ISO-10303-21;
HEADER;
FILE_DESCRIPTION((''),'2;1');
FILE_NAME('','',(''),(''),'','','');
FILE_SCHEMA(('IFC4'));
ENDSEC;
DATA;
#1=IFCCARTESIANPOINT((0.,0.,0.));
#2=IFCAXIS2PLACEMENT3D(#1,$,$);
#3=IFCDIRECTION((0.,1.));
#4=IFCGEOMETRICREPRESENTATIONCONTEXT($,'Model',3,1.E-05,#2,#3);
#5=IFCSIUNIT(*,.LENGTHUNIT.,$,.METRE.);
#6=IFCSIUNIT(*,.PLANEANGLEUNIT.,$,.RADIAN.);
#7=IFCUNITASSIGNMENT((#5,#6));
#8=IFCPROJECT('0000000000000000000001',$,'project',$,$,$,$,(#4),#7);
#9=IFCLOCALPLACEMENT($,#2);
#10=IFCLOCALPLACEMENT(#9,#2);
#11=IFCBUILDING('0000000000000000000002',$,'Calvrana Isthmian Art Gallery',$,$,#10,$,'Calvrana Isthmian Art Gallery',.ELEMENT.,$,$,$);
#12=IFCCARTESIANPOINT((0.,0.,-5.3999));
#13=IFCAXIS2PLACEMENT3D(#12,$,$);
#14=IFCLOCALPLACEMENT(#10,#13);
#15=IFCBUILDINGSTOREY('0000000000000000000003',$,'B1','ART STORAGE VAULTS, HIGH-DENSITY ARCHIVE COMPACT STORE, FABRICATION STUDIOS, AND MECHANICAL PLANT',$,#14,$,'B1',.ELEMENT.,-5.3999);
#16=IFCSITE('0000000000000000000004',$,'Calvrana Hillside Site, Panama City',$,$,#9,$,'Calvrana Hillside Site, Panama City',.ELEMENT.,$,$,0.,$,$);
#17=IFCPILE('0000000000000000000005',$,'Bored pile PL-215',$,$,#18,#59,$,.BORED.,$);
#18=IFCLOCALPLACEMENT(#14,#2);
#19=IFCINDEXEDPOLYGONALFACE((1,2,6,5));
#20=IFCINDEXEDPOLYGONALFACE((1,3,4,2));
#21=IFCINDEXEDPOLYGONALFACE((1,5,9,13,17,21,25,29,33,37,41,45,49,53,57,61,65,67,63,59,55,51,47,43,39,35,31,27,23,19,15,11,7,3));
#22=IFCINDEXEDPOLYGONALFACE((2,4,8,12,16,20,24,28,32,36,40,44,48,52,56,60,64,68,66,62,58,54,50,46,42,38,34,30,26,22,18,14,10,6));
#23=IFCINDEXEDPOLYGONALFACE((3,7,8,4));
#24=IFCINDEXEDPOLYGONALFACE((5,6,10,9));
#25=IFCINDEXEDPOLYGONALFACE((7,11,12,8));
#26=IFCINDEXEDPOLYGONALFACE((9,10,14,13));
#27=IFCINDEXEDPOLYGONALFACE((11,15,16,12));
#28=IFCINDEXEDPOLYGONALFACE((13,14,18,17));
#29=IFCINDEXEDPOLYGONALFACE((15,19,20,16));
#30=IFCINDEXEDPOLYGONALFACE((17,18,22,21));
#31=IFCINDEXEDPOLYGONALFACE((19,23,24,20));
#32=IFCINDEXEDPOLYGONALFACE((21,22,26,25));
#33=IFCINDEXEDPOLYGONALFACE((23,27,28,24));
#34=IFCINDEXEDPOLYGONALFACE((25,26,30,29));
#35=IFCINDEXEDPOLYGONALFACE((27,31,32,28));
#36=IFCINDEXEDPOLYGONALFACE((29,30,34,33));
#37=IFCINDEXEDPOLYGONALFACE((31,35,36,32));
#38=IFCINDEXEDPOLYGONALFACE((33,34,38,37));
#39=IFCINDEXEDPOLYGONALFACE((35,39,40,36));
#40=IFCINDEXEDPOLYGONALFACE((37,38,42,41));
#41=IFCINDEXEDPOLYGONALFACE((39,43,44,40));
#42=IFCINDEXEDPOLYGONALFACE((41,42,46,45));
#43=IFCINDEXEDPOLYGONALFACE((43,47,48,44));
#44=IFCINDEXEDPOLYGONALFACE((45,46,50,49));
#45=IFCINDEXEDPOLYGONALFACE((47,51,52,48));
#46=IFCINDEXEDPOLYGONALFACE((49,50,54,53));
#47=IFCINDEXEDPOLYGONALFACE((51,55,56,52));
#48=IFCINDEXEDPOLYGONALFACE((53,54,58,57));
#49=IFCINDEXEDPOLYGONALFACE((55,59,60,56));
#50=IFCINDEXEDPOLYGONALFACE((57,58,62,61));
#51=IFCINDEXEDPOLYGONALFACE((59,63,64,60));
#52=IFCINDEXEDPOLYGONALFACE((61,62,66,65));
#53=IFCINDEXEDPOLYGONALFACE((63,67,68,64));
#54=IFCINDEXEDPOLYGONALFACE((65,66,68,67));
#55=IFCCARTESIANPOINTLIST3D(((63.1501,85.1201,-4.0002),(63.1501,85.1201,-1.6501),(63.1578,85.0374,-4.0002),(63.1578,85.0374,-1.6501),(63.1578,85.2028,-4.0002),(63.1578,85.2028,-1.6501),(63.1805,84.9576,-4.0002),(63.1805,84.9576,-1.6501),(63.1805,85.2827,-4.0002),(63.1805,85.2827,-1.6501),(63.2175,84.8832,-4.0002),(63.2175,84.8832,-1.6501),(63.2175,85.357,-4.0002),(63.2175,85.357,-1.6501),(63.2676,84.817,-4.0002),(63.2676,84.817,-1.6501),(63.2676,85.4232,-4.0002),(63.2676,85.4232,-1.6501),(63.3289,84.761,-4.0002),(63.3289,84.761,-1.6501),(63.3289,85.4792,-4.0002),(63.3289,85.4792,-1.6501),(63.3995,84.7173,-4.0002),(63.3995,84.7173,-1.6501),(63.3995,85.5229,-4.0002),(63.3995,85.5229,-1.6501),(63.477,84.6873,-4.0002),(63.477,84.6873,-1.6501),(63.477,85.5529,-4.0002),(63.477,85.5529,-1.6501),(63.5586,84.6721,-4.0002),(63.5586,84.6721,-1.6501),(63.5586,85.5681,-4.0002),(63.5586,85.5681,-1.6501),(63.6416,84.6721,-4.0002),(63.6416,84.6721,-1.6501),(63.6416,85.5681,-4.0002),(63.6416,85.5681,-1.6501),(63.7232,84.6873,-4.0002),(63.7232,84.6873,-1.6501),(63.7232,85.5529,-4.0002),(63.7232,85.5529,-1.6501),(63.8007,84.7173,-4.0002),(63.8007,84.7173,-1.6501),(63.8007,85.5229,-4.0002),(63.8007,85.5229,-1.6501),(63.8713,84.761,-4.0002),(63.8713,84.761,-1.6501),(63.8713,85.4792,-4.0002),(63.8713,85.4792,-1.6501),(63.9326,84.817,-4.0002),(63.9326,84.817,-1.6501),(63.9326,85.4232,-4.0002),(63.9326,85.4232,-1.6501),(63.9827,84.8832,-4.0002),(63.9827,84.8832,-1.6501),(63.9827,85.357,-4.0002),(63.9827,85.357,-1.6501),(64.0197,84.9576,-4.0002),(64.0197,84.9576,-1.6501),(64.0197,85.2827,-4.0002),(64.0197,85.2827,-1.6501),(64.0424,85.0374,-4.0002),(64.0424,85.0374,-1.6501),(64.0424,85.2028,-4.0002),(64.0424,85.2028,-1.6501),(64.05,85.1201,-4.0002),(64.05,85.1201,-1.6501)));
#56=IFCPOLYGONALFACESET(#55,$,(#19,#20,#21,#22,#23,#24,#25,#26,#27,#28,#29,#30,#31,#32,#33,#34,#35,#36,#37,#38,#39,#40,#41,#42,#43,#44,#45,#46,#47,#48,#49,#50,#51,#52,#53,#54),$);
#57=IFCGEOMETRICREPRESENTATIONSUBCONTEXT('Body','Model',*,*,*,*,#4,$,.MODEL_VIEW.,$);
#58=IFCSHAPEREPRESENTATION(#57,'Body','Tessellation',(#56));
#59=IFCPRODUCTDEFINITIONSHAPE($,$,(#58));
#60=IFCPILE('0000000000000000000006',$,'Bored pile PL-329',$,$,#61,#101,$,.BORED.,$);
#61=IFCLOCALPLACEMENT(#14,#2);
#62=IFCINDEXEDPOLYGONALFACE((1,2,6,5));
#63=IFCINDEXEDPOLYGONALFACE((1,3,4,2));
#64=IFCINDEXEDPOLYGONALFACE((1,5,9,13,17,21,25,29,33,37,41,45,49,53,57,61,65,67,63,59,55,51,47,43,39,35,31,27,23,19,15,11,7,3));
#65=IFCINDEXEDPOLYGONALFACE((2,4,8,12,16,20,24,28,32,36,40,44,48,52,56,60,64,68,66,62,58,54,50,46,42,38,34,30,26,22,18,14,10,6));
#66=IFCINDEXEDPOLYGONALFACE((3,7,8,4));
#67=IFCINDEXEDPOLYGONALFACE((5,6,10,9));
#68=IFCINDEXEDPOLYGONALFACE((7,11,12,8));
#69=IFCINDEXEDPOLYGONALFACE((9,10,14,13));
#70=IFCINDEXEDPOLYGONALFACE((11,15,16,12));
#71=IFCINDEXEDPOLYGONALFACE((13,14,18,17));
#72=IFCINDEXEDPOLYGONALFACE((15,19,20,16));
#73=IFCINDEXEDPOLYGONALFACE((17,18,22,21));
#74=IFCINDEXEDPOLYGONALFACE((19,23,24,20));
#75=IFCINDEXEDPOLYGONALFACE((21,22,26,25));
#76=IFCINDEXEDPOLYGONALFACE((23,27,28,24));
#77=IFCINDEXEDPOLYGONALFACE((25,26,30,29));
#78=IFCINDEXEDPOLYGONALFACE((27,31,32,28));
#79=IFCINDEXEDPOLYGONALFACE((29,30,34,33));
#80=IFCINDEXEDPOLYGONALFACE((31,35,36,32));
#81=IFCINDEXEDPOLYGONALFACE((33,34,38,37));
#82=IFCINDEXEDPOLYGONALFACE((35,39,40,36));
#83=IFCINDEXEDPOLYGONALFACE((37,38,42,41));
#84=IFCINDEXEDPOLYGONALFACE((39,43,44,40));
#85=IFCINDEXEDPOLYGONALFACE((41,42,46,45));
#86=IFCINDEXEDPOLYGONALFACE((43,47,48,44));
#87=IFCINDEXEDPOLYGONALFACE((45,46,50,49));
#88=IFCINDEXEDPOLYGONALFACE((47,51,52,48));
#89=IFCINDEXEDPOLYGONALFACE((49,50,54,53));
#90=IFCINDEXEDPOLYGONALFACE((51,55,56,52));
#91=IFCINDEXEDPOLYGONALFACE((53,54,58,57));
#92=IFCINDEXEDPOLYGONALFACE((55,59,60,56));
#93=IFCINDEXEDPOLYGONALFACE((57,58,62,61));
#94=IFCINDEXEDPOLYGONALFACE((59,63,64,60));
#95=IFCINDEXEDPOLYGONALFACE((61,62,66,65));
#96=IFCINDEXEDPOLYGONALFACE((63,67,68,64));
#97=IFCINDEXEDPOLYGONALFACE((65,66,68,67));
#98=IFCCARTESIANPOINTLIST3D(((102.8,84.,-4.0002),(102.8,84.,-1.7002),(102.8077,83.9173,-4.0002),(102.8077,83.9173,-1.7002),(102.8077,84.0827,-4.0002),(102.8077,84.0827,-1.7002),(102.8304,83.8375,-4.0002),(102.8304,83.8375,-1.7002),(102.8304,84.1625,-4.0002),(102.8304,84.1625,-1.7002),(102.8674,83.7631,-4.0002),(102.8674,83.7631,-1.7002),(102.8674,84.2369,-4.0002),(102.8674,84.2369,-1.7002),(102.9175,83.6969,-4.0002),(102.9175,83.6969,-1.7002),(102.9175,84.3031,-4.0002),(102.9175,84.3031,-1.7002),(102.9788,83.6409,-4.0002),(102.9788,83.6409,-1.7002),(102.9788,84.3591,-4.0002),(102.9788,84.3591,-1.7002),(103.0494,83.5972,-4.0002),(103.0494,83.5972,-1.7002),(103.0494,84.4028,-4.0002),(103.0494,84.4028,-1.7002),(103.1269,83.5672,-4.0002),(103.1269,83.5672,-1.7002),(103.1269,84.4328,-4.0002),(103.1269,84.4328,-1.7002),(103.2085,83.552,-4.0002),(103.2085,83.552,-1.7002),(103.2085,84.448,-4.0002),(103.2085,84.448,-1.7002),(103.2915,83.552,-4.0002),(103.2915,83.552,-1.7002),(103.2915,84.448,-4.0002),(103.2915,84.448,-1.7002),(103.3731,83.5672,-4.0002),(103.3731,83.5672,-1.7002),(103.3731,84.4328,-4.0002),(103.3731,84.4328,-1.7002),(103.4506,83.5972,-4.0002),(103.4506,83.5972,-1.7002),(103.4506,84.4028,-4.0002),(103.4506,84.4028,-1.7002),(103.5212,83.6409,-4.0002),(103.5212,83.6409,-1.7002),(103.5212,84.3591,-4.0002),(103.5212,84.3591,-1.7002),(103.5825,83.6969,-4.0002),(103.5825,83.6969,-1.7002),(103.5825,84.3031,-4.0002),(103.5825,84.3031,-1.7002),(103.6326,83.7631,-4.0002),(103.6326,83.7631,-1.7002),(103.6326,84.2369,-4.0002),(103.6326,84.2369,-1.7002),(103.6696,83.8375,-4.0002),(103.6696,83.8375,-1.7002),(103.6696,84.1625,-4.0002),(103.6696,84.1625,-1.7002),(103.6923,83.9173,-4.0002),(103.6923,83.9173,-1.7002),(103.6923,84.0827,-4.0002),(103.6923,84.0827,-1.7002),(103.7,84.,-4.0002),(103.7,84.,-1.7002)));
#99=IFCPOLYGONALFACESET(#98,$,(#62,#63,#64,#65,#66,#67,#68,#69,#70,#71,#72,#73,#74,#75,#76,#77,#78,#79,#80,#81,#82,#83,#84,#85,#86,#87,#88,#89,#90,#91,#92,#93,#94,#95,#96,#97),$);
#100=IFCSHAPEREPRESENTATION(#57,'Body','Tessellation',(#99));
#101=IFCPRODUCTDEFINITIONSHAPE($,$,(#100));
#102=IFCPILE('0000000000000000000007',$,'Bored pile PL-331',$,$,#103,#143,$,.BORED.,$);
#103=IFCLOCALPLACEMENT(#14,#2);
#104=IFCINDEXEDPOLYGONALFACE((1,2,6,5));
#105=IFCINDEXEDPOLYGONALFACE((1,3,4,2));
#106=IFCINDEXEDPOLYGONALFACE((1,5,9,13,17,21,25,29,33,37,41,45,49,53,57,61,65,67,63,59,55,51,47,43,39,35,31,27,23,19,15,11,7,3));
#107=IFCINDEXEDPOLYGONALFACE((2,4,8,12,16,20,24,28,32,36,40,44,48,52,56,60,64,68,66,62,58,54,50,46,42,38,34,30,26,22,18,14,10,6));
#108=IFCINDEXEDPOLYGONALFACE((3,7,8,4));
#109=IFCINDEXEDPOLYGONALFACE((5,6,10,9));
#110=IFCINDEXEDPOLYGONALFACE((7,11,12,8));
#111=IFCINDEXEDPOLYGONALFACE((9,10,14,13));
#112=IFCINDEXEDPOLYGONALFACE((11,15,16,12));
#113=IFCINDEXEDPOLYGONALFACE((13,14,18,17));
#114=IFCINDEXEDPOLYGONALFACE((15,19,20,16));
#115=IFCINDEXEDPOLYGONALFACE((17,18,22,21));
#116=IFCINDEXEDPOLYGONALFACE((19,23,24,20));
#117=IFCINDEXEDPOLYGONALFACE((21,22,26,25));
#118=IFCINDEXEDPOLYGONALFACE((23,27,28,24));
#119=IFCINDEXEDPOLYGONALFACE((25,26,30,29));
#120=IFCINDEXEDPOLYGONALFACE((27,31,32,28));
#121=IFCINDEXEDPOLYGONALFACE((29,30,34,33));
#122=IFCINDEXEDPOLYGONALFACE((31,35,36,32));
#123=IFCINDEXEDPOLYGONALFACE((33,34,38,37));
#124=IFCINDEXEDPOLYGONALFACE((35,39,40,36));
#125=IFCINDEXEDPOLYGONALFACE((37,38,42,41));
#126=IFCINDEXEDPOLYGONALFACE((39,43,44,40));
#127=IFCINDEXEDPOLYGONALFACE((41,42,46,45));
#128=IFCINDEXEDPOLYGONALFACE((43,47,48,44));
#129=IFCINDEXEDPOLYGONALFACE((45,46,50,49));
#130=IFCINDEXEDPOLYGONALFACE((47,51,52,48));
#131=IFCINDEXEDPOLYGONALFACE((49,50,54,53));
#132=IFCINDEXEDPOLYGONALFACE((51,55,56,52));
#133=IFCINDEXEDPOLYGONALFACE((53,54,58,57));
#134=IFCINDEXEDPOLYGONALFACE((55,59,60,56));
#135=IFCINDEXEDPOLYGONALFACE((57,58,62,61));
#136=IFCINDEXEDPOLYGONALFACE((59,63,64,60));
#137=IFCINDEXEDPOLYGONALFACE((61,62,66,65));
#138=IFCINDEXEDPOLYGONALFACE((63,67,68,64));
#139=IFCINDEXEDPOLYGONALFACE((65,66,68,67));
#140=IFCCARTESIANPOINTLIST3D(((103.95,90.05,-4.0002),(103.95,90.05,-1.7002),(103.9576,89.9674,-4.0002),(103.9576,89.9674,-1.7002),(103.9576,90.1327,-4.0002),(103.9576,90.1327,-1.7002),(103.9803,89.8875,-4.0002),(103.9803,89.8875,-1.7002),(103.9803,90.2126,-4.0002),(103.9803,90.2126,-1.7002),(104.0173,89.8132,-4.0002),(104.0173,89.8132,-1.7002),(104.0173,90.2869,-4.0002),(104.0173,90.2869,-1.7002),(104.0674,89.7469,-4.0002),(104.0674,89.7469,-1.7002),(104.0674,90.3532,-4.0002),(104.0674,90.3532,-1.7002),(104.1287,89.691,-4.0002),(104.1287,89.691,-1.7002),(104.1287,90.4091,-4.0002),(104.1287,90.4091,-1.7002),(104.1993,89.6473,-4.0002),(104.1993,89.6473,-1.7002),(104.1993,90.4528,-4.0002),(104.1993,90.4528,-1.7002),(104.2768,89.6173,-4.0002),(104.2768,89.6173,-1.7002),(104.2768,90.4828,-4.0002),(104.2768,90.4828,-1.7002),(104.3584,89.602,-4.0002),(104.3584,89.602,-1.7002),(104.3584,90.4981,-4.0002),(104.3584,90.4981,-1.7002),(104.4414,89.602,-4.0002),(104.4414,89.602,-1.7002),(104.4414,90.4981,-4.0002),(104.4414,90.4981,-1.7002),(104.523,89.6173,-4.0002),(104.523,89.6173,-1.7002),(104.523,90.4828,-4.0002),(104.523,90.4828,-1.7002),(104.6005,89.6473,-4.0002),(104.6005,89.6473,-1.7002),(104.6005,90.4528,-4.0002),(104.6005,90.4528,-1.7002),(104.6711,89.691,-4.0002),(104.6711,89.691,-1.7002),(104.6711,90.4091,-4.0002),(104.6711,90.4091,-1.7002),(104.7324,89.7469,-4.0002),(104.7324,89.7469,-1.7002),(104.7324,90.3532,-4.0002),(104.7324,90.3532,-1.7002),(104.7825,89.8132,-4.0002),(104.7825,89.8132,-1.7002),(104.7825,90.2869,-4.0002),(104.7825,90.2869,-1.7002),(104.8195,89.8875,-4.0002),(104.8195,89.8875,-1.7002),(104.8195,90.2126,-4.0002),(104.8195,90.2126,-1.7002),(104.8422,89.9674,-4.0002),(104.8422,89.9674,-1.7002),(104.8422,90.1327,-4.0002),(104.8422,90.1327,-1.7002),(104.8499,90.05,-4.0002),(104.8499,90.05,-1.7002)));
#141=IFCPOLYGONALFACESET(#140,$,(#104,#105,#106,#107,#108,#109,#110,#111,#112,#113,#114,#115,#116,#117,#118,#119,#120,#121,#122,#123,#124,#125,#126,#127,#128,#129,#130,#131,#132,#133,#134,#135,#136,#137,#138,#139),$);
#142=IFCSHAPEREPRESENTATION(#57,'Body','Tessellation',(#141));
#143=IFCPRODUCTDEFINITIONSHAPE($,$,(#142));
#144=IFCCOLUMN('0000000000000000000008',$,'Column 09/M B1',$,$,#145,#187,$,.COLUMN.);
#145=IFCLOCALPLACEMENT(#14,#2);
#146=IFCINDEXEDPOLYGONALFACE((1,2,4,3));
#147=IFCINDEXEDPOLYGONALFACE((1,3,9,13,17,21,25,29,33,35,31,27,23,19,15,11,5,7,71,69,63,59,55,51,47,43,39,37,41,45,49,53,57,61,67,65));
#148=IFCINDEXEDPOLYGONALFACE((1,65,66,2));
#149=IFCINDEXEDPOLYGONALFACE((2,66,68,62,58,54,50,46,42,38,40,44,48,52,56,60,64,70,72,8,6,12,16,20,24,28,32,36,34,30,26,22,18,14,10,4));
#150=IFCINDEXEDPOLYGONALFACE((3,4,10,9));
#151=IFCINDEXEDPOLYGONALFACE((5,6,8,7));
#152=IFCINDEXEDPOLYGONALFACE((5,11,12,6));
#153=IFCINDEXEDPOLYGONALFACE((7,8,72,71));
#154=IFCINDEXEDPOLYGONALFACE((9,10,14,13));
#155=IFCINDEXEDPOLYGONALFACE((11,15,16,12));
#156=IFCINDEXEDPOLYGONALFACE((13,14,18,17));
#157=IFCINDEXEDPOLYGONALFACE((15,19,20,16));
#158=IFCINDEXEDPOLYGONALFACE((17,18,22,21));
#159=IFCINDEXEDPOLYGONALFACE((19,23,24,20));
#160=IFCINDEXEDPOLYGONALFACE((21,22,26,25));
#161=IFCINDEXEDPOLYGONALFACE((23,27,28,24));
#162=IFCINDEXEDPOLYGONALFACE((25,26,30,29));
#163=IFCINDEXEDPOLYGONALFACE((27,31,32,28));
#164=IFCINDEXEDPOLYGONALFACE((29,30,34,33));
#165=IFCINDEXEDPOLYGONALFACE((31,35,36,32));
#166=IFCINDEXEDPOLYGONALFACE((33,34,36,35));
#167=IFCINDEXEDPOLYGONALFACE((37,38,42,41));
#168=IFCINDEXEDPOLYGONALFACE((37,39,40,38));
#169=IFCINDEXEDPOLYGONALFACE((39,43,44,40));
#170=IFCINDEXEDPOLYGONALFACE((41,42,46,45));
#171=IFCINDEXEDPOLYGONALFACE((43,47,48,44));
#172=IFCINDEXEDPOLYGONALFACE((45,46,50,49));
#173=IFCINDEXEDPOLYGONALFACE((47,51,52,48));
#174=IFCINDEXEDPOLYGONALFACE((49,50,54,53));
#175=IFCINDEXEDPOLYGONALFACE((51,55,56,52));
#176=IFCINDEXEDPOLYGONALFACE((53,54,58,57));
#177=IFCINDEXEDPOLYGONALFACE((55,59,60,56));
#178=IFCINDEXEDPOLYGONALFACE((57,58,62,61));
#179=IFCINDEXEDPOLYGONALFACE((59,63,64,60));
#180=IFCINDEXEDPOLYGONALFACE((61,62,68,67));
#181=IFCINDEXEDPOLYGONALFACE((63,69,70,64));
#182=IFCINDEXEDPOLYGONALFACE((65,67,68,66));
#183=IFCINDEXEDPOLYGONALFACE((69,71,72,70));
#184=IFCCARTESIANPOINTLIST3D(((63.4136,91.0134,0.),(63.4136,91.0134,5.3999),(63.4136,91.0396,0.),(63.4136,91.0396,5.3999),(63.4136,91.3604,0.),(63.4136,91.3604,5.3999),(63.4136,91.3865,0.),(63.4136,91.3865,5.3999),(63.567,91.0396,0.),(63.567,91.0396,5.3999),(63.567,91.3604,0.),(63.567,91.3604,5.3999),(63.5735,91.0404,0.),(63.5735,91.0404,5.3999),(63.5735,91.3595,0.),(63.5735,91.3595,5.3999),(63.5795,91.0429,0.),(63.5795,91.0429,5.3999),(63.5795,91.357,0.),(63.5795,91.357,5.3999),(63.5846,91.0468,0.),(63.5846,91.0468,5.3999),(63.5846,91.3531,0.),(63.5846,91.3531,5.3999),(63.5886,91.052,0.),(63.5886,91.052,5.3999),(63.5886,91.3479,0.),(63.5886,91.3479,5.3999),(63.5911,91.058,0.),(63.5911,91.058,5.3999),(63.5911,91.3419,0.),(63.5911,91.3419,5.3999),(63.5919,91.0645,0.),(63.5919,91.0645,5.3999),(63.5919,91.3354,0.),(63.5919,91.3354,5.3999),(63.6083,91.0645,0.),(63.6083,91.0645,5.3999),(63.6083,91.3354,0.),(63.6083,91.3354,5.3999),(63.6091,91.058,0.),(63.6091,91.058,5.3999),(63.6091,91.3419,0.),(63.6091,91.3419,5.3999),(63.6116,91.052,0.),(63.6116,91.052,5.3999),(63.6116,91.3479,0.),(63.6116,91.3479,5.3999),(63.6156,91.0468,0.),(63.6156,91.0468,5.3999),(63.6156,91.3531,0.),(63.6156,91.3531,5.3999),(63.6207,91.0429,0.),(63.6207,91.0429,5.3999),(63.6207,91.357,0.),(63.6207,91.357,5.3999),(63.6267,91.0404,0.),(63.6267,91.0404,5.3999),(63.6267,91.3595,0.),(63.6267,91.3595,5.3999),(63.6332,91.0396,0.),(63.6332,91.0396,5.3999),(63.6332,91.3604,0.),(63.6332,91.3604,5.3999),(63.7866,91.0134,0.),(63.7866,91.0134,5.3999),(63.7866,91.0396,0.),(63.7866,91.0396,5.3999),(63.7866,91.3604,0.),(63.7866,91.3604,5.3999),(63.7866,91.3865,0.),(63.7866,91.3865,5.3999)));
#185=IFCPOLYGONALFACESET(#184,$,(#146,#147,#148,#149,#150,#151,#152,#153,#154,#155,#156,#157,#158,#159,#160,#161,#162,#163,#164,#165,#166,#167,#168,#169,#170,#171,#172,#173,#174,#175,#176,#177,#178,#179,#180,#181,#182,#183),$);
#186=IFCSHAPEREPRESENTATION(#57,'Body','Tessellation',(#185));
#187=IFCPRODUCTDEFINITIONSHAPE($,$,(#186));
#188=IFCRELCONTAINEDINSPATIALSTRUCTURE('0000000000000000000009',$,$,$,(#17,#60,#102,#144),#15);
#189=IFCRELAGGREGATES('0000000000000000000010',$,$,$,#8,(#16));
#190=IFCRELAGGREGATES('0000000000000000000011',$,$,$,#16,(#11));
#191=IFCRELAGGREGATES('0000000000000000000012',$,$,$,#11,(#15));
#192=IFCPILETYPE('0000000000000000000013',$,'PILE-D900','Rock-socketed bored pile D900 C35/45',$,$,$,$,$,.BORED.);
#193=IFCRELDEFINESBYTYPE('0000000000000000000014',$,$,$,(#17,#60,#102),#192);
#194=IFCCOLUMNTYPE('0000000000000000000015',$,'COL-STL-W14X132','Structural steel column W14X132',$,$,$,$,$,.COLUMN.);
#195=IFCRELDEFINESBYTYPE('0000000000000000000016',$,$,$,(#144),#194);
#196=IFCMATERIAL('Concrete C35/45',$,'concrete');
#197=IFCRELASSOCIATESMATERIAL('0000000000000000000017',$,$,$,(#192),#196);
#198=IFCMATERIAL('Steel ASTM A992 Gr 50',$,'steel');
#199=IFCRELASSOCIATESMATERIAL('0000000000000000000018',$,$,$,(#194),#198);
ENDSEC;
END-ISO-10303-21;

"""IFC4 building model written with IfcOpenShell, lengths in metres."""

from ifc_helpers import new_model, si_unit, direction, frame, origin, origin_2d, place, context, subcontext, project, spatial, circle, i_section, extrude, material, material_profile, profile_set, type_object, element, save


model = new_model("IFC4")

# Units and contexts
model_context = context("Model", 3, precision=1e-05, world=origin(), true_north=direction((0.0, 1.0)))
body_context = subcontext(model_context, "Body", "Model", "MODEL_VIEW")
ifc_project = project(units=[si_unit("LENGTHUNIT", "METRE"), si_unit("PLANEANGLEUNIT", "RADIAN")], contexts=[model_context])

# Site, building, storey
site_placement = place(None, origin())
site = spatial("IfcSite", under=ifc_project, at=site_placement, Name="Calvrana Hillside Site, Panama City", LongName="Calvrana Hillside Site, Panama City", CompositionType="ELEMENT", RefElevation=0.0)
building_placement = place(site_placement, origin())
building = spatial("IfcBuilding", under=site, at=building_placement, Name="Calvrana Isthmian Art Gallery", LongName="Calvrana Isthmian Art Gallery", CompositionType="ELEMENT")
storey_placement = place(building_placement, frame((0.0, 0.0, -5.3999)))
storey = spatial("IfcBuildingStorey", under=building, at=storey_placement, Name="B1", Description="ART STORAGE VAULTS, HIGH-DENSITY ARCHIVE COMPACT STORE, FABRICATION STUDIOS, AND MECHANICAL PLANT", LongName="B1", CompositionType="ELEMENT", Elevation=-5.3999)

# Shared definitions
ifc_material_1 = material(Name="Concrete C35/45", Category="concrete")

# Piles
ifc_material_profile_1 = material_profile(ifc_material_1, circle(Radius=0.45, at=origin_2d()), Name="PILE900D")
ifc_profile_set_1 = profile_set([ifc_material_profile_1], Name="Concrete C35/45")
pile_type_1 = type_object("IfcPileType", Name="PILE-D900", Description="Rock-socketed bored pile D900 C35/45", PredefinedType="BORED", material=ifc_profile_set_1)
for number, where, z_axis, x_axis, name in (
    (1, (63.6001, 85.1201, -1.6501), (0.0, 0.0, -1.0), (1.0, 0.0, 0.0), "Bored pile PL-215"),
):
    element("IfcPile", number, at=place(storey_placement, frame(where, z_axis=z_axis, x_axis=x_axis)), inside=storey, type_object=pile_type_1, Name=name, PredefinedType="BORED", context=body_context, shape_type="SweptSolid", body=[
        extrude(circle(Radius=0.45, at=origin_2d()), origin(), (0.0, 0.0, 1.0), 2.3501),
    ])
for number, where, z_axis, x_axis, name in (
    (2, (103.25, 84.0, -1.7002), (0.0, 0.0, -1.0), (1.0, 0.0, 0.0), "Bored pile PL-329"),
    (3, (104.3999, 90.05, -1.7002), (0.0, 0.0, -1.0), (1.0, 0.0, 0.0), "Bored pile PL-331"),
):
    element("IfcPile", number, at=place(storey_placement, frame(where, z_axis=z_axis, x_axis=x_axis)), inside=storey, type_object=pile_type_1, Name=name, PredefinedType="BORED", context=body_context, shape_type="SweptSolid", body=[
        extrude(circle(Radius=0.45, at=origin_2d()), origin(), (0.0, 0.0, 1.0), 2.3),
    ])

# Column
ifc_material_2 = material(Name="Steel ASTM A992 Gr 50", Category="steel")
ifc_material_profile_2 = material_profile(ifc_material_2, i_section(OverallWidth=0.373, OverallDepth=0.373, WebThickness=0.0164, FlangeThickness=0.0261, FilletRadius=0.0249, at=origin_2d()), Name="W14X132")
ifc_profile_set_2 = profile_set([ifc_material_profile_2], Name="Steel ASTM A992 Gr 50")
column_type_1 = type_object("IfcColumnType", Name="COL-STL-W14X132", Description="Structural steel column W14X132", PredefinedType="COLUMN", material=ifc_profile_set_2)
column_1_placement = place(storey_placement, frame((63.6001, 91.2, 0.0), z_axis=(0.0, 0.0, 1.0), x_axis=(1.0, 0.0, 0.0)))
element("IfcColumn", 4, at=column_1_placement, inside=storey, type_object=column_type_1, Name="Column 09/M B1", PredefinedType="COLUMN", context=body_context, shape_type="SweptSolid", body=[
    extrude(i_section(OverallWidth=0.373, OverallDepth=0.373, WebThickness=0.0164, FlangeThickness=0.0261, FilletRadius=0.0249, at=origin_2d()), origin(), (0.0, 0.0, 1.0), 5.3999),
])

save(model, "model.ifc")
